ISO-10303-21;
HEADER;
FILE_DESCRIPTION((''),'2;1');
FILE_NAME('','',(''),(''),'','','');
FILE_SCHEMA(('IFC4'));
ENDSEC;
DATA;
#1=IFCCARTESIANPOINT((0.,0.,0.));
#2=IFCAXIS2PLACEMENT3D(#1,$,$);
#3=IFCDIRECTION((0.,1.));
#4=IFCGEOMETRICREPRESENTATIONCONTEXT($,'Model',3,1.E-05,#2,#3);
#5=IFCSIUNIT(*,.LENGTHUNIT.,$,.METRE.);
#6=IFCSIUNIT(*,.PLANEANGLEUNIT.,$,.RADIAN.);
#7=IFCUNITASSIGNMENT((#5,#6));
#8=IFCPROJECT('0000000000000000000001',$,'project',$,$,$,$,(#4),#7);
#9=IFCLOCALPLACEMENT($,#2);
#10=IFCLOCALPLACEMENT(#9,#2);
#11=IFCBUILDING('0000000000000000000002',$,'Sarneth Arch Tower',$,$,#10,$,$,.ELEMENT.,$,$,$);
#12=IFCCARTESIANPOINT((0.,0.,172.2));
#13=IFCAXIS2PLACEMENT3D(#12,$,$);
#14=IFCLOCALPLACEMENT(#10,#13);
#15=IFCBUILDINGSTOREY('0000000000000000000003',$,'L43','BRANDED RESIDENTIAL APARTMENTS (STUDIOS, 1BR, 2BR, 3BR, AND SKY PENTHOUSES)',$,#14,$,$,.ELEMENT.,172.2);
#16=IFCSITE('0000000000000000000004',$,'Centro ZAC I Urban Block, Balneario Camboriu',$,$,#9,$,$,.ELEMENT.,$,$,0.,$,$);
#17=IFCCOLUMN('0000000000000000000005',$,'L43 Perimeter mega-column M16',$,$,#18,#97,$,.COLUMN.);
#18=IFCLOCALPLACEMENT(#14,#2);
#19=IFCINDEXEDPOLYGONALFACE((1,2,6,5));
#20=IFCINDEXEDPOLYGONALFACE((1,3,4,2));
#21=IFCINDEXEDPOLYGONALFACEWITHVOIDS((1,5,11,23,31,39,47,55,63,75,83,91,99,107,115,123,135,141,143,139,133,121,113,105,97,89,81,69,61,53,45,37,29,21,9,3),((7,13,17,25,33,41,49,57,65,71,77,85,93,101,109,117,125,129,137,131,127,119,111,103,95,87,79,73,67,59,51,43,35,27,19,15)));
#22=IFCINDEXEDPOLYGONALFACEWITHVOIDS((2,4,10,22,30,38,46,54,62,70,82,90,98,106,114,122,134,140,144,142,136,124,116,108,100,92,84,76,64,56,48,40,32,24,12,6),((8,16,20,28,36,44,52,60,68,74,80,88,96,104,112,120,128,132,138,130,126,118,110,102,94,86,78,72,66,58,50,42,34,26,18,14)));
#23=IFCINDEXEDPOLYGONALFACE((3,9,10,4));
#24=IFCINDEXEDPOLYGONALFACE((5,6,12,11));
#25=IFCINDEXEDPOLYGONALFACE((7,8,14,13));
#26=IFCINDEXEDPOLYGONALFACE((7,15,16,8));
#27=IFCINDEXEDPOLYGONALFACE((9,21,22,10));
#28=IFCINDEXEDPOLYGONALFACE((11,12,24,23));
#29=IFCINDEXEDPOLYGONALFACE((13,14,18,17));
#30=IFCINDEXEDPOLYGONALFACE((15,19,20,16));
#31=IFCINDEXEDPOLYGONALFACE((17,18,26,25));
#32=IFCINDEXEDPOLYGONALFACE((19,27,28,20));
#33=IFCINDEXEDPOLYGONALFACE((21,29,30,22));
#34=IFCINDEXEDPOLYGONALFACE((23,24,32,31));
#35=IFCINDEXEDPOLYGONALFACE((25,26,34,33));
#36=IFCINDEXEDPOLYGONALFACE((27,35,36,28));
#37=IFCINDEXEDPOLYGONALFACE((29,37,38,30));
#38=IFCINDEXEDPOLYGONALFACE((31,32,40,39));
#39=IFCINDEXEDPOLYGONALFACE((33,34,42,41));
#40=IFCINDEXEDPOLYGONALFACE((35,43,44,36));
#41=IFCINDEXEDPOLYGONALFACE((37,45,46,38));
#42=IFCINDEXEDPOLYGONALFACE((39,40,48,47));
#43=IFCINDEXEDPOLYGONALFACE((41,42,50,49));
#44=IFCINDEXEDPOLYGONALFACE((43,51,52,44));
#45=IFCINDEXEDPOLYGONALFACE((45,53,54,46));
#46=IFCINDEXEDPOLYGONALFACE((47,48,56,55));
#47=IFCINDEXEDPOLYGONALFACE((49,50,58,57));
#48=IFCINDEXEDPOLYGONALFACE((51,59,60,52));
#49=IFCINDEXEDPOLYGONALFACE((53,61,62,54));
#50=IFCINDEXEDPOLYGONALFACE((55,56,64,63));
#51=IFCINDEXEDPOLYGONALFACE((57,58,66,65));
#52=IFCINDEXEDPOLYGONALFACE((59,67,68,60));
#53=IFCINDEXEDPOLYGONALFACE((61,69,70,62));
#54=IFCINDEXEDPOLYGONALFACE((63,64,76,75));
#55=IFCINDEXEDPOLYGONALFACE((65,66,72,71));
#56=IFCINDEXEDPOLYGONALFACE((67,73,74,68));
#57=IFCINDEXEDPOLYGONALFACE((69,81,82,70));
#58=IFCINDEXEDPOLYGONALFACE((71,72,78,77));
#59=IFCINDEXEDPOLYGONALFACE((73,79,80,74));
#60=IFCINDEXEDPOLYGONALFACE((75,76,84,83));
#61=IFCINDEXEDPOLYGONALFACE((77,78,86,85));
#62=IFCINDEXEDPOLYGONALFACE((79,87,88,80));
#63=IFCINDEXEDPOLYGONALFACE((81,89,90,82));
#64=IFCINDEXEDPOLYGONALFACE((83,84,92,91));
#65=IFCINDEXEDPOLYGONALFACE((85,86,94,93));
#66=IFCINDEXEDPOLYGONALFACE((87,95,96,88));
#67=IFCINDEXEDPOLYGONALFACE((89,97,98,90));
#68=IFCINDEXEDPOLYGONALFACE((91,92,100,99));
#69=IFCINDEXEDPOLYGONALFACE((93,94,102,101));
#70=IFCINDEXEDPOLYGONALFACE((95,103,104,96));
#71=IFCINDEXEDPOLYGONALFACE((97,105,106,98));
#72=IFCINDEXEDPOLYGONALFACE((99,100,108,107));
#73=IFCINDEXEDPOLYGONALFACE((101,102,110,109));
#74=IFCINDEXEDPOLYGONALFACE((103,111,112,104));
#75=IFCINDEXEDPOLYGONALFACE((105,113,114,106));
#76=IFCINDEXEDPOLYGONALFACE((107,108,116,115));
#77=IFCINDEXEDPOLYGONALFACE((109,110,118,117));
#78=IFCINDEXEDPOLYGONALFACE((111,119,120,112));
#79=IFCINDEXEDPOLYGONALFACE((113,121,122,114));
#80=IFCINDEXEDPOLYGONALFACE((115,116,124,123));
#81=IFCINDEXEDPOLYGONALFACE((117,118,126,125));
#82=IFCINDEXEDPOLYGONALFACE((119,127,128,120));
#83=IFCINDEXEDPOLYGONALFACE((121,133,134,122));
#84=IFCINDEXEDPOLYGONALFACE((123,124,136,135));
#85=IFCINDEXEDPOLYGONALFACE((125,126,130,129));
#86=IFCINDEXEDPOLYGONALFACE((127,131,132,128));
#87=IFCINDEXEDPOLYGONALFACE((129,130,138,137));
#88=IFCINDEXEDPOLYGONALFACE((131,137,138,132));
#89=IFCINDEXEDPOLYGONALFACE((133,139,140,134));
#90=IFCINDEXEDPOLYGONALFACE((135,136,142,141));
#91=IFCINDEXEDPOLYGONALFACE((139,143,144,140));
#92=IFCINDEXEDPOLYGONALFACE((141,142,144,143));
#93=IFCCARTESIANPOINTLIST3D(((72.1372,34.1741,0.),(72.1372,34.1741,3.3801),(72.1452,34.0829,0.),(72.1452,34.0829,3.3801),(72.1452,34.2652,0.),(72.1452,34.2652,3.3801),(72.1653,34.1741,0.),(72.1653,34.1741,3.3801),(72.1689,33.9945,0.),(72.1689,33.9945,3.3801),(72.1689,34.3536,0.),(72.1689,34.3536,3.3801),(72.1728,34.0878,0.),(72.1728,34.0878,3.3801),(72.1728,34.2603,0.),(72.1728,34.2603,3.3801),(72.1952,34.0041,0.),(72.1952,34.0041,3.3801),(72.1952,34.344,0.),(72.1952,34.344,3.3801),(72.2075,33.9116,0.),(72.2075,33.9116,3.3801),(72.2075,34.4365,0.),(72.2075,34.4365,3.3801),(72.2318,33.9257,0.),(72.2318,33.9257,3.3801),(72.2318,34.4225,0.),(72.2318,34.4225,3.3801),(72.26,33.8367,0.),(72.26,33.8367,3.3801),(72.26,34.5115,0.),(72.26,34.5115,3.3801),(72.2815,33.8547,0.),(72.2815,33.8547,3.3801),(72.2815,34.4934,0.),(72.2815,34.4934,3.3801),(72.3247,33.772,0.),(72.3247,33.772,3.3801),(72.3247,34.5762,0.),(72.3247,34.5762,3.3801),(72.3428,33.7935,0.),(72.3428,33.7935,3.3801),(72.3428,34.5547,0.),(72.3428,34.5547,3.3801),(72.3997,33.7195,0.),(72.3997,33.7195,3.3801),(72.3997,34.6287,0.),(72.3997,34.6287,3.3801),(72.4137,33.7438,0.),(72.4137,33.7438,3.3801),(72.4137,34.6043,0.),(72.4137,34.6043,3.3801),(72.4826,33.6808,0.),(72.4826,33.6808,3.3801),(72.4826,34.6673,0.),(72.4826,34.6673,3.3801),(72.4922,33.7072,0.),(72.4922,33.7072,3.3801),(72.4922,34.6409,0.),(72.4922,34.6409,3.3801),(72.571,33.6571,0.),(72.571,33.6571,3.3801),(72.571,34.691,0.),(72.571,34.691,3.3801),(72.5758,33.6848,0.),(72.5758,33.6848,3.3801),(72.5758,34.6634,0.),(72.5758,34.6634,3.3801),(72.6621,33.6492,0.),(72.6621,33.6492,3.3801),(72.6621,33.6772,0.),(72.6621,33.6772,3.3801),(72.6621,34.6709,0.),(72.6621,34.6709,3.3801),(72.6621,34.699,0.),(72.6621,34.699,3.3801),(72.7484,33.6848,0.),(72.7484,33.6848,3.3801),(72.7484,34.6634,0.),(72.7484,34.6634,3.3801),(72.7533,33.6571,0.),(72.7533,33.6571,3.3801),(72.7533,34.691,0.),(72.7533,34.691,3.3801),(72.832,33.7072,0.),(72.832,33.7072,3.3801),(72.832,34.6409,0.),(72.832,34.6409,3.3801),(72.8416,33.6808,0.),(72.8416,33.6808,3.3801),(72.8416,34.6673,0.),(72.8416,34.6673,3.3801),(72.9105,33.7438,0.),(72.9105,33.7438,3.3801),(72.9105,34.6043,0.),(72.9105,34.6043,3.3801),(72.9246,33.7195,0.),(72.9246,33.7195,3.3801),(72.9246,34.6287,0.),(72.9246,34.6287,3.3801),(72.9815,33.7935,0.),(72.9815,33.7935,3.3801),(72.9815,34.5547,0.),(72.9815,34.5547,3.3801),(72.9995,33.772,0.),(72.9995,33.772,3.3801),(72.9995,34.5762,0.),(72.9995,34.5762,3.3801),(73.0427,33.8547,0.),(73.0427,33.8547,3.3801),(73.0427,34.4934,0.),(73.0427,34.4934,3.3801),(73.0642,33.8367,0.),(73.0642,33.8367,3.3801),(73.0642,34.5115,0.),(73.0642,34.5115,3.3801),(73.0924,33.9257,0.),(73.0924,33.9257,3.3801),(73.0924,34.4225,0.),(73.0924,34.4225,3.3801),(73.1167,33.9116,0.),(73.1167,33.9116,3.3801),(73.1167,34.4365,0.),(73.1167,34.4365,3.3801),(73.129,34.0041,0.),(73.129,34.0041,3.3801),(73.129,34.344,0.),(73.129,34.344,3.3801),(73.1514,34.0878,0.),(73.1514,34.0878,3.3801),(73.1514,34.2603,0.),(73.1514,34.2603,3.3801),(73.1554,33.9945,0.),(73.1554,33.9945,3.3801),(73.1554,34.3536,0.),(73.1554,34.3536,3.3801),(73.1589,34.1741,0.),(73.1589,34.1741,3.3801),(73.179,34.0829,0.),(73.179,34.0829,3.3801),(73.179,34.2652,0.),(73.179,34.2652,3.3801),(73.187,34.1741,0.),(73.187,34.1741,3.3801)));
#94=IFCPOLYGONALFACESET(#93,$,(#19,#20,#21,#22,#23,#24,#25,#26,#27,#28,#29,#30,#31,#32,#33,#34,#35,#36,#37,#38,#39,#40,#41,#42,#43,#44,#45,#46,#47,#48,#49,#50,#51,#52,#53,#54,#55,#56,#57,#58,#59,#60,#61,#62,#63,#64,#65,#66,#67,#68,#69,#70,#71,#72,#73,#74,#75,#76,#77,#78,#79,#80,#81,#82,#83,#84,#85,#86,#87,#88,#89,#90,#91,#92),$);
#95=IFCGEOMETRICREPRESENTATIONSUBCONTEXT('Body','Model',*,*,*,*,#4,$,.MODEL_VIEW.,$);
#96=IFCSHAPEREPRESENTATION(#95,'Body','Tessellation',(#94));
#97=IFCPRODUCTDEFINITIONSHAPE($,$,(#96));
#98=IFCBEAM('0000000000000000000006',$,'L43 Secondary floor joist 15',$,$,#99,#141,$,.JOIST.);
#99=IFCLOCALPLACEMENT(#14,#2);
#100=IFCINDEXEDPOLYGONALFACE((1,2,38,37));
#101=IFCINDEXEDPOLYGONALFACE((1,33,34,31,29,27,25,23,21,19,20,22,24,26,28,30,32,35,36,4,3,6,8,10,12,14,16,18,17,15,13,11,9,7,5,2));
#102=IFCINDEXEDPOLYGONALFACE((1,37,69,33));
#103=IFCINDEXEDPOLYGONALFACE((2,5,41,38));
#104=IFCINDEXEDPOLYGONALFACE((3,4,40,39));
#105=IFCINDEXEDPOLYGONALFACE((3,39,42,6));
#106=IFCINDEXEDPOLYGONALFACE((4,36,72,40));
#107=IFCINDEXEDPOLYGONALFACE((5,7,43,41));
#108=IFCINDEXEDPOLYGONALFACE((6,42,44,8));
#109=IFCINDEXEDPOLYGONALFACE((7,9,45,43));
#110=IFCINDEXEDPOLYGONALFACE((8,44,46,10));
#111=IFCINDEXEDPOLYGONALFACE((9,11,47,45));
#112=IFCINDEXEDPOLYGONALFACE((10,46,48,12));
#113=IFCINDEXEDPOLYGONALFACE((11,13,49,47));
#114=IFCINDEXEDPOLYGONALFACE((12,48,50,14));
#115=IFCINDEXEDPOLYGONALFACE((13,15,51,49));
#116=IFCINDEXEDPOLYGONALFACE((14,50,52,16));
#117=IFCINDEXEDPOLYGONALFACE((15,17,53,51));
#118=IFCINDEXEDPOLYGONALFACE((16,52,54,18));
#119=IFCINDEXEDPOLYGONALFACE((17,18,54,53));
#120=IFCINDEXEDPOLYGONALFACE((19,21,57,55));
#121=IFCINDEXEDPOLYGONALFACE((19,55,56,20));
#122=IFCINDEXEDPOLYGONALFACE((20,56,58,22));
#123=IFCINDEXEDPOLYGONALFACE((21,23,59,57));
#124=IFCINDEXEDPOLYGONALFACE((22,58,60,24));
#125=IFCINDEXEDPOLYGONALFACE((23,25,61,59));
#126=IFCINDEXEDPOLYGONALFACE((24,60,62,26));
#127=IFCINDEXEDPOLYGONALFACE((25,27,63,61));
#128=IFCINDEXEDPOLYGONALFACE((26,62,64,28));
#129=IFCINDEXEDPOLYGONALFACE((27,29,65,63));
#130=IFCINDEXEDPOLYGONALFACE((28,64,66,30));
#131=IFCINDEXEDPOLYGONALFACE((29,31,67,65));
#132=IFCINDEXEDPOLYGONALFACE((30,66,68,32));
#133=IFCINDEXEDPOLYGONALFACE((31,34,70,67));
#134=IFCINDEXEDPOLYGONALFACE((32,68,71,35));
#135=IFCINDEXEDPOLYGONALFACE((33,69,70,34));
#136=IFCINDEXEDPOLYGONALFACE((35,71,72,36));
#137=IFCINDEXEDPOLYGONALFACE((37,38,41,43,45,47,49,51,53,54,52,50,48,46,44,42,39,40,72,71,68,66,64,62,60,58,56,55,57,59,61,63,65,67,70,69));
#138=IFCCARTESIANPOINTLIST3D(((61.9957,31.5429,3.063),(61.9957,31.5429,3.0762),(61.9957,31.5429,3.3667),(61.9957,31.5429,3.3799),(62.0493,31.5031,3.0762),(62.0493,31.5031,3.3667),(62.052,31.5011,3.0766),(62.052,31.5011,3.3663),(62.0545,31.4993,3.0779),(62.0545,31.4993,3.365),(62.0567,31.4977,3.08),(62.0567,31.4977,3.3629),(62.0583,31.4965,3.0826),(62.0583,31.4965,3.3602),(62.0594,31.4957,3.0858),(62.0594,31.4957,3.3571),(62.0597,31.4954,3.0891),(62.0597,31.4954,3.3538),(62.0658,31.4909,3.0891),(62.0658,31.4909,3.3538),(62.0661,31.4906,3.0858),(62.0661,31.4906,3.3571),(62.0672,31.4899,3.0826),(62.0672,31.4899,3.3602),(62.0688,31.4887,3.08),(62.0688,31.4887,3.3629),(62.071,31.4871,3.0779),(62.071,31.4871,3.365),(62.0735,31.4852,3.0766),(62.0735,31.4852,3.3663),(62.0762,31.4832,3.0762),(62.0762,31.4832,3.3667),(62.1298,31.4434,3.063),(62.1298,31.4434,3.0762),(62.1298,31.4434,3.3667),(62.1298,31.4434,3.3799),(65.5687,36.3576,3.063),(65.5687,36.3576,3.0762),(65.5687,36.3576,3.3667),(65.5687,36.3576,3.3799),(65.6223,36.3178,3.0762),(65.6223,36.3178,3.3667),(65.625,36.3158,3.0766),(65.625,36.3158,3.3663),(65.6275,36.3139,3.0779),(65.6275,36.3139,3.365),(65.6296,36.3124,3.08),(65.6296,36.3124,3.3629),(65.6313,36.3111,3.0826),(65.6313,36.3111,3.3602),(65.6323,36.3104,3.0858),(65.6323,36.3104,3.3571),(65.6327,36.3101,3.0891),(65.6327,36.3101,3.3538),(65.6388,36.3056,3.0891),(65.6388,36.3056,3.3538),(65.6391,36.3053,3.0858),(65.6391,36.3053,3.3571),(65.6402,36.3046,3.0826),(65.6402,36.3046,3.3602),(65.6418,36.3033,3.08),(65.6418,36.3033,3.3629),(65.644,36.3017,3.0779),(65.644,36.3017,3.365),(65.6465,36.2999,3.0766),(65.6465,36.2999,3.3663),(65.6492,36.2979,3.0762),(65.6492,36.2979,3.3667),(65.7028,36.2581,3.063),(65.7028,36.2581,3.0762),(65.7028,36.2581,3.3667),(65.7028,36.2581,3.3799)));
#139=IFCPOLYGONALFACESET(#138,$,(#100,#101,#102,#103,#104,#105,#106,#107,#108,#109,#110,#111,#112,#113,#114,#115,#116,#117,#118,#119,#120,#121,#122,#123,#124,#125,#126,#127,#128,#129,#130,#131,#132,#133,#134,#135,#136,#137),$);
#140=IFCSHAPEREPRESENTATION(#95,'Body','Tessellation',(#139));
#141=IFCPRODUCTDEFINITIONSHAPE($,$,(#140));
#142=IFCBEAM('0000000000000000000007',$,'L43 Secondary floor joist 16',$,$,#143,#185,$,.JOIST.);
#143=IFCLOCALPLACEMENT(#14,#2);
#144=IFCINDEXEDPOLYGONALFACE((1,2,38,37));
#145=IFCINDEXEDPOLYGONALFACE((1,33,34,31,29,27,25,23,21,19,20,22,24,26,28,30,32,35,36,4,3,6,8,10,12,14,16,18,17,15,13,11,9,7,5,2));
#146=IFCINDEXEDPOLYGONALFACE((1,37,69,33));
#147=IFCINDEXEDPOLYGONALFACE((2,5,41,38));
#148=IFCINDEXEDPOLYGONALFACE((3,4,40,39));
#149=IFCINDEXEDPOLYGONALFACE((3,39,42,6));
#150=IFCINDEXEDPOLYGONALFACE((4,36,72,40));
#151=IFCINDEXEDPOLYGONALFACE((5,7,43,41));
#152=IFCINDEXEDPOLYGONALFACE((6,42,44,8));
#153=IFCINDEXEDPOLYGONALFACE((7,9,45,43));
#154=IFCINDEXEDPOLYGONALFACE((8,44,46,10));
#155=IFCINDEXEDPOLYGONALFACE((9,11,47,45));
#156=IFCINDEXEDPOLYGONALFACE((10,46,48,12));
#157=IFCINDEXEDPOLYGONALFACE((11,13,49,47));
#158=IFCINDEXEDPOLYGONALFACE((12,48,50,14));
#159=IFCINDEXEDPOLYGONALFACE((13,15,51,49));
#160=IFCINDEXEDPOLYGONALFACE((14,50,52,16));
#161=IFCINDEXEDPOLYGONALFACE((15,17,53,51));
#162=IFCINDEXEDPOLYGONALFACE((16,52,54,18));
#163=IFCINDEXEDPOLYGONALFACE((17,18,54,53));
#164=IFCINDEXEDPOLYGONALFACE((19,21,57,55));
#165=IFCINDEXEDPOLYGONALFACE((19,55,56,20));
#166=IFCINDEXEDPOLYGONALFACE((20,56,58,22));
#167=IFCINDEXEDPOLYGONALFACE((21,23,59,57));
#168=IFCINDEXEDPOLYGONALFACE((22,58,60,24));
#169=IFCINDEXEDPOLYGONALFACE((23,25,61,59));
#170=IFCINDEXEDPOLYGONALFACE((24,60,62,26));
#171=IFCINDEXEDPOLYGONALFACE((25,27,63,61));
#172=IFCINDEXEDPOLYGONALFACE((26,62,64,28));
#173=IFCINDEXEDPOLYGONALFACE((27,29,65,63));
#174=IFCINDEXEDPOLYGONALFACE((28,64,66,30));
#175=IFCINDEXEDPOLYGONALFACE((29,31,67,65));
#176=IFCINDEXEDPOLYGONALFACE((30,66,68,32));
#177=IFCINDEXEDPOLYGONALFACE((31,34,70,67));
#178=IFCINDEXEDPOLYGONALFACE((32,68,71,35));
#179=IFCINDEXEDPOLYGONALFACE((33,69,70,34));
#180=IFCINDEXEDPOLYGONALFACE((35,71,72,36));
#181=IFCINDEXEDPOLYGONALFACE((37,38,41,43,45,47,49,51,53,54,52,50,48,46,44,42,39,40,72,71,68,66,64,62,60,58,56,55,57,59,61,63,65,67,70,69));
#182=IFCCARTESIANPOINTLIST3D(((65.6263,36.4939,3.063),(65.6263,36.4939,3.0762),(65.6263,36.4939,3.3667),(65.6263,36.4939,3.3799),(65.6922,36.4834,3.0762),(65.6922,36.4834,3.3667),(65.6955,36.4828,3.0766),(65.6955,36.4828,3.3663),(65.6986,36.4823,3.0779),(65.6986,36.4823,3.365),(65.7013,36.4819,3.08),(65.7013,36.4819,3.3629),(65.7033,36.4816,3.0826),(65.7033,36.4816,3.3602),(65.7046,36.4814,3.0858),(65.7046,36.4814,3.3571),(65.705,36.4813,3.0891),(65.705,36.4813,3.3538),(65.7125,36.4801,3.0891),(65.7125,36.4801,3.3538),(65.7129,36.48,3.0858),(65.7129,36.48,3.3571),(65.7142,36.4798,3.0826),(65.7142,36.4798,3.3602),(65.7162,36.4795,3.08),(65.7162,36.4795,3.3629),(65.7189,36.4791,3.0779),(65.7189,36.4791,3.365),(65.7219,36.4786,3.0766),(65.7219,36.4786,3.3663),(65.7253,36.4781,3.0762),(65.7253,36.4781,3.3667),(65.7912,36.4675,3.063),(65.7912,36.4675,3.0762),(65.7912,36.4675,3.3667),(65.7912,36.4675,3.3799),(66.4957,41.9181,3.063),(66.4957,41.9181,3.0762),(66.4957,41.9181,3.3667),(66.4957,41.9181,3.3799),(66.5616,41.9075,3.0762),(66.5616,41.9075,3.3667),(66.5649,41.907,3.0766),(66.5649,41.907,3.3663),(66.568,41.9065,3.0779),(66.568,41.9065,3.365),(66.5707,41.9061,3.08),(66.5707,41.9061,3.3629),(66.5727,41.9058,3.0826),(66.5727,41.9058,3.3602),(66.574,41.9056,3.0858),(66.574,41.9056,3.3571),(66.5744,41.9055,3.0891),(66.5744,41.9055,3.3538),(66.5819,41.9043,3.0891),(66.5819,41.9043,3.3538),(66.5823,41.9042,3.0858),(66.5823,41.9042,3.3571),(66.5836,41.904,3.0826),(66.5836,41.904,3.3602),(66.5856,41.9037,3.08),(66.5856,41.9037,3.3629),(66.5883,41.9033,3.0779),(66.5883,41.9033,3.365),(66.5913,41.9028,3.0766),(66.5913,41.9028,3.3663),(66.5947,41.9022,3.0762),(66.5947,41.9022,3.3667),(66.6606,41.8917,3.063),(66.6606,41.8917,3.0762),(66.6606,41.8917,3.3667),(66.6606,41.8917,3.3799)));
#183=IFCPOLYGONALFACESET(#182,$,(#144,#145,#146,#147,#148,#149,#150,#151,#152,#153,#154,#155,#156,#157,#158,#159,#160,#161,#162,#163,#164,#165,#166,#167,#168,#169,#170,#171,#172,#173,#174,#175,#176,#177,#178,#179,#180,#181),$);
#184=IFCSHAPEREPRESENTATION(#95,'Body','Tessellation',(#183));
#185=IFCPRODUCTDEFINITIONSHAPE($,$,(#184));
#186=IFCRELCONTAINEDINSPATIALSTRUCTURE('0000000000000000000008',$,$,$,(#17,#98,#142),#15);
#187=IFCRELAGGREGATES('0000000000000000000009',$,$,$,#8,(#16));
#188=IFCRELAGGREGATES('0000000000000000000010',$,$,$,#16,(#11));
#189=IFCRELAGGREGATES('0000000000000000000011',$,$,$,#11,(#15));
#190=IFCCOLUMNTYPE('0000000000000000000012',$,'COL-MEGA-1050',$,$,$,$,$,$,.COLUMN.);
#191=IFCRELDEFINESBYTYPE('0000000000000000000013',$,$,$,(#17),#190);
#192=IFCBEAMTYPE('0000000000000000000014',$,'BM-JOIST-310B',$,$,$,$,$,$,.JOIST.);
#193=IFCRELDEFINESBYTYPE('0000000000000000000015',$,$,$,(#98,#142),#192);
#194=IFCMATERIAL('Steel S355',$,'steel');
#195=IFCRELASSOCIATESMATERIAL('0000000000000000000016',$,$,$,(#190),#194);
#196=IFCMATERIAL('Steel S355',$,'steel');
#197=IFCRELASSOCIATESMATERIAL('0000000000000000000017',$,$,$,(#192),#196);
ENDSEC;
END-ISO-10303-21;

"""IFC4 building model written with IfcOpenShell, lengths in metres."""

from ifc_helpers import new_model, si_unit, direction, frame, origin, origin_2d, place, context, subcontext, project, spatial, hollow_circle, i_section, extrude, material, material_profile, profile_set, type_object, element, save


model = new_model("IFC4")

# Units and contexts
model_context = context("Model", 3, precision=1e-05, world=origin(), true_north=direction((0.0, 1.0)))
body_context = subcontext(model_context, "Body", "Model", "MODEL_VIEW")
ifc_project = project(units=[si_unit("LENGTHUNIT", "METRE"), si_unit("PLANEANGLEUNIT", "RADIAN")], contexts=[model_context])

# Site, building, storey
site_placement = place(None, origin())
site = spatial("IfcSite", under=ifc_project, at=site_placement, Name="Centro ZAC I Urban Block, Balneario Camboriu", CompositionType="ELEMENT", RefElevation=0.0)
building_placement = place(site_placement, origin())
building = spatial("IfcBuilding", under=site, at=building_placement, Name="Sarneth Arch Tower", CompositionType="ELEMENT")
storey_placement = place(building_placement, frame((0.0, 0.0, 172.2)))
storey = spatial("IfcBuildingStorey", under=building, at=storey_placement, Name="L43", Description="BRANDED RESIDENTIAL APARTMENTS (STUDIOS, 1BR, 2BR, 3BR, AND SKY PENTHOUSES)", CompositionType="ELEMENT", Elevation=172.2)

# Column
ifc_material_1 = material(Name="Steel S355", Category="steel")
ifc_material_profile_1 = material_profile(ifc_material_1, hollow_circle(Radius=0.5249, WallThickness=0.0281, at=origin_2d()), Name="CHS1050x28")
ifc_profile_set_1 = profile_set([ifc_material_profile_1], Name="Steel S355")
column_type = type_object("IfcColumnType", Name="COL-MEGA-1050", PredefinedType="COLUMN", material=ifc_profile_set_1)
column_placement = place(storey_placement, frame((72.6621, 34.1741, 0.0), z_axis=(0.0, 0.0, 1.0), x_axis=(1.0, 0.0, 0.0)))
element("IfcColumn", 1, at=column_placement, inside=storey, type_object=column_type, Name="L43 Perimeter mega-column M16", PredefinedType="COLUMN", context=body_context, shape_type="SweptSolid", body=[
    extrude(hollow_circle(Radius=0.5249, WallThickness=0.0281, at=origin_2d()), origin(), (0.0, 0.0, 1.0), 3.3801),
])

# Beams
ifc_material_2 = material(Name="Steel S355", Category="steel")
ifc_material_profile_2 = material_profile(ifc_material_2, i_section(OverallWidth=0.167, OverallDepth=0.3169, WebThickness=0.0076, FlangeThickness=0.0132, FilletRadius=0.0129, at=origin_2d()), Name="W310x52")
ifc_profile_set_2 = profile_set([ifc_material_profile_2], Name="Steel S355")
beam_type_1 = type_object("IfcBeamType", Name="BM-JOIST-310B", PredefinedType="JOIST", material=ifc_profile_set_2)
beam_1_placement = place(storey_placement, frame((62.0627, 31.4932, 3.2214), z_axis=(0.595933, 0.803034, 0.0), x_axis=(-0.803034, 0.595933, 0.0)))
element("IfcBeam", 2, at=beam_1_placement, inside=storey, type_object=beam_type_1, Name="L43 Secondary floor joist 15", PredefinedType="JOIST", context=body_context, shape_type="SweptSolid", body=[
    extrude(i_section(OverallWidth=0.167, OverallDepth=0.3169, WebThickness=0.0076, FlangeThickness=0.0132, FilletRadius=0.0129, at=origin_2d()), origin(), (0.0, 0.0, 1.0), 5.9956),
])
beam_2_placement = place(storey_placement, frame((65.7087, 36.4807, 3.2214), z_axis=(0.158263, 0.987397, 0.0), x_axis=(-0.987397, 0.158263, 0.0)))
element("IfcBeam", 3, at=beam_2_placement, inside=storey, type_object=beam_type_1, Name="L43 Secondary floor joist 16", PredefinedType="JOIST", context=body_context, shape_type="SweptSolid", body=[
    extrude(i_section(OverallWidth=0.167, OverallDepth=0.3169, WebThickness=0.0076, FlangeThickness=0.0132, FilletRadius=0.0129, at=origin_2d()), origin(), (0.0, 0.0, 1.0), 5.4934),
])

save(model, "model.ifc")
